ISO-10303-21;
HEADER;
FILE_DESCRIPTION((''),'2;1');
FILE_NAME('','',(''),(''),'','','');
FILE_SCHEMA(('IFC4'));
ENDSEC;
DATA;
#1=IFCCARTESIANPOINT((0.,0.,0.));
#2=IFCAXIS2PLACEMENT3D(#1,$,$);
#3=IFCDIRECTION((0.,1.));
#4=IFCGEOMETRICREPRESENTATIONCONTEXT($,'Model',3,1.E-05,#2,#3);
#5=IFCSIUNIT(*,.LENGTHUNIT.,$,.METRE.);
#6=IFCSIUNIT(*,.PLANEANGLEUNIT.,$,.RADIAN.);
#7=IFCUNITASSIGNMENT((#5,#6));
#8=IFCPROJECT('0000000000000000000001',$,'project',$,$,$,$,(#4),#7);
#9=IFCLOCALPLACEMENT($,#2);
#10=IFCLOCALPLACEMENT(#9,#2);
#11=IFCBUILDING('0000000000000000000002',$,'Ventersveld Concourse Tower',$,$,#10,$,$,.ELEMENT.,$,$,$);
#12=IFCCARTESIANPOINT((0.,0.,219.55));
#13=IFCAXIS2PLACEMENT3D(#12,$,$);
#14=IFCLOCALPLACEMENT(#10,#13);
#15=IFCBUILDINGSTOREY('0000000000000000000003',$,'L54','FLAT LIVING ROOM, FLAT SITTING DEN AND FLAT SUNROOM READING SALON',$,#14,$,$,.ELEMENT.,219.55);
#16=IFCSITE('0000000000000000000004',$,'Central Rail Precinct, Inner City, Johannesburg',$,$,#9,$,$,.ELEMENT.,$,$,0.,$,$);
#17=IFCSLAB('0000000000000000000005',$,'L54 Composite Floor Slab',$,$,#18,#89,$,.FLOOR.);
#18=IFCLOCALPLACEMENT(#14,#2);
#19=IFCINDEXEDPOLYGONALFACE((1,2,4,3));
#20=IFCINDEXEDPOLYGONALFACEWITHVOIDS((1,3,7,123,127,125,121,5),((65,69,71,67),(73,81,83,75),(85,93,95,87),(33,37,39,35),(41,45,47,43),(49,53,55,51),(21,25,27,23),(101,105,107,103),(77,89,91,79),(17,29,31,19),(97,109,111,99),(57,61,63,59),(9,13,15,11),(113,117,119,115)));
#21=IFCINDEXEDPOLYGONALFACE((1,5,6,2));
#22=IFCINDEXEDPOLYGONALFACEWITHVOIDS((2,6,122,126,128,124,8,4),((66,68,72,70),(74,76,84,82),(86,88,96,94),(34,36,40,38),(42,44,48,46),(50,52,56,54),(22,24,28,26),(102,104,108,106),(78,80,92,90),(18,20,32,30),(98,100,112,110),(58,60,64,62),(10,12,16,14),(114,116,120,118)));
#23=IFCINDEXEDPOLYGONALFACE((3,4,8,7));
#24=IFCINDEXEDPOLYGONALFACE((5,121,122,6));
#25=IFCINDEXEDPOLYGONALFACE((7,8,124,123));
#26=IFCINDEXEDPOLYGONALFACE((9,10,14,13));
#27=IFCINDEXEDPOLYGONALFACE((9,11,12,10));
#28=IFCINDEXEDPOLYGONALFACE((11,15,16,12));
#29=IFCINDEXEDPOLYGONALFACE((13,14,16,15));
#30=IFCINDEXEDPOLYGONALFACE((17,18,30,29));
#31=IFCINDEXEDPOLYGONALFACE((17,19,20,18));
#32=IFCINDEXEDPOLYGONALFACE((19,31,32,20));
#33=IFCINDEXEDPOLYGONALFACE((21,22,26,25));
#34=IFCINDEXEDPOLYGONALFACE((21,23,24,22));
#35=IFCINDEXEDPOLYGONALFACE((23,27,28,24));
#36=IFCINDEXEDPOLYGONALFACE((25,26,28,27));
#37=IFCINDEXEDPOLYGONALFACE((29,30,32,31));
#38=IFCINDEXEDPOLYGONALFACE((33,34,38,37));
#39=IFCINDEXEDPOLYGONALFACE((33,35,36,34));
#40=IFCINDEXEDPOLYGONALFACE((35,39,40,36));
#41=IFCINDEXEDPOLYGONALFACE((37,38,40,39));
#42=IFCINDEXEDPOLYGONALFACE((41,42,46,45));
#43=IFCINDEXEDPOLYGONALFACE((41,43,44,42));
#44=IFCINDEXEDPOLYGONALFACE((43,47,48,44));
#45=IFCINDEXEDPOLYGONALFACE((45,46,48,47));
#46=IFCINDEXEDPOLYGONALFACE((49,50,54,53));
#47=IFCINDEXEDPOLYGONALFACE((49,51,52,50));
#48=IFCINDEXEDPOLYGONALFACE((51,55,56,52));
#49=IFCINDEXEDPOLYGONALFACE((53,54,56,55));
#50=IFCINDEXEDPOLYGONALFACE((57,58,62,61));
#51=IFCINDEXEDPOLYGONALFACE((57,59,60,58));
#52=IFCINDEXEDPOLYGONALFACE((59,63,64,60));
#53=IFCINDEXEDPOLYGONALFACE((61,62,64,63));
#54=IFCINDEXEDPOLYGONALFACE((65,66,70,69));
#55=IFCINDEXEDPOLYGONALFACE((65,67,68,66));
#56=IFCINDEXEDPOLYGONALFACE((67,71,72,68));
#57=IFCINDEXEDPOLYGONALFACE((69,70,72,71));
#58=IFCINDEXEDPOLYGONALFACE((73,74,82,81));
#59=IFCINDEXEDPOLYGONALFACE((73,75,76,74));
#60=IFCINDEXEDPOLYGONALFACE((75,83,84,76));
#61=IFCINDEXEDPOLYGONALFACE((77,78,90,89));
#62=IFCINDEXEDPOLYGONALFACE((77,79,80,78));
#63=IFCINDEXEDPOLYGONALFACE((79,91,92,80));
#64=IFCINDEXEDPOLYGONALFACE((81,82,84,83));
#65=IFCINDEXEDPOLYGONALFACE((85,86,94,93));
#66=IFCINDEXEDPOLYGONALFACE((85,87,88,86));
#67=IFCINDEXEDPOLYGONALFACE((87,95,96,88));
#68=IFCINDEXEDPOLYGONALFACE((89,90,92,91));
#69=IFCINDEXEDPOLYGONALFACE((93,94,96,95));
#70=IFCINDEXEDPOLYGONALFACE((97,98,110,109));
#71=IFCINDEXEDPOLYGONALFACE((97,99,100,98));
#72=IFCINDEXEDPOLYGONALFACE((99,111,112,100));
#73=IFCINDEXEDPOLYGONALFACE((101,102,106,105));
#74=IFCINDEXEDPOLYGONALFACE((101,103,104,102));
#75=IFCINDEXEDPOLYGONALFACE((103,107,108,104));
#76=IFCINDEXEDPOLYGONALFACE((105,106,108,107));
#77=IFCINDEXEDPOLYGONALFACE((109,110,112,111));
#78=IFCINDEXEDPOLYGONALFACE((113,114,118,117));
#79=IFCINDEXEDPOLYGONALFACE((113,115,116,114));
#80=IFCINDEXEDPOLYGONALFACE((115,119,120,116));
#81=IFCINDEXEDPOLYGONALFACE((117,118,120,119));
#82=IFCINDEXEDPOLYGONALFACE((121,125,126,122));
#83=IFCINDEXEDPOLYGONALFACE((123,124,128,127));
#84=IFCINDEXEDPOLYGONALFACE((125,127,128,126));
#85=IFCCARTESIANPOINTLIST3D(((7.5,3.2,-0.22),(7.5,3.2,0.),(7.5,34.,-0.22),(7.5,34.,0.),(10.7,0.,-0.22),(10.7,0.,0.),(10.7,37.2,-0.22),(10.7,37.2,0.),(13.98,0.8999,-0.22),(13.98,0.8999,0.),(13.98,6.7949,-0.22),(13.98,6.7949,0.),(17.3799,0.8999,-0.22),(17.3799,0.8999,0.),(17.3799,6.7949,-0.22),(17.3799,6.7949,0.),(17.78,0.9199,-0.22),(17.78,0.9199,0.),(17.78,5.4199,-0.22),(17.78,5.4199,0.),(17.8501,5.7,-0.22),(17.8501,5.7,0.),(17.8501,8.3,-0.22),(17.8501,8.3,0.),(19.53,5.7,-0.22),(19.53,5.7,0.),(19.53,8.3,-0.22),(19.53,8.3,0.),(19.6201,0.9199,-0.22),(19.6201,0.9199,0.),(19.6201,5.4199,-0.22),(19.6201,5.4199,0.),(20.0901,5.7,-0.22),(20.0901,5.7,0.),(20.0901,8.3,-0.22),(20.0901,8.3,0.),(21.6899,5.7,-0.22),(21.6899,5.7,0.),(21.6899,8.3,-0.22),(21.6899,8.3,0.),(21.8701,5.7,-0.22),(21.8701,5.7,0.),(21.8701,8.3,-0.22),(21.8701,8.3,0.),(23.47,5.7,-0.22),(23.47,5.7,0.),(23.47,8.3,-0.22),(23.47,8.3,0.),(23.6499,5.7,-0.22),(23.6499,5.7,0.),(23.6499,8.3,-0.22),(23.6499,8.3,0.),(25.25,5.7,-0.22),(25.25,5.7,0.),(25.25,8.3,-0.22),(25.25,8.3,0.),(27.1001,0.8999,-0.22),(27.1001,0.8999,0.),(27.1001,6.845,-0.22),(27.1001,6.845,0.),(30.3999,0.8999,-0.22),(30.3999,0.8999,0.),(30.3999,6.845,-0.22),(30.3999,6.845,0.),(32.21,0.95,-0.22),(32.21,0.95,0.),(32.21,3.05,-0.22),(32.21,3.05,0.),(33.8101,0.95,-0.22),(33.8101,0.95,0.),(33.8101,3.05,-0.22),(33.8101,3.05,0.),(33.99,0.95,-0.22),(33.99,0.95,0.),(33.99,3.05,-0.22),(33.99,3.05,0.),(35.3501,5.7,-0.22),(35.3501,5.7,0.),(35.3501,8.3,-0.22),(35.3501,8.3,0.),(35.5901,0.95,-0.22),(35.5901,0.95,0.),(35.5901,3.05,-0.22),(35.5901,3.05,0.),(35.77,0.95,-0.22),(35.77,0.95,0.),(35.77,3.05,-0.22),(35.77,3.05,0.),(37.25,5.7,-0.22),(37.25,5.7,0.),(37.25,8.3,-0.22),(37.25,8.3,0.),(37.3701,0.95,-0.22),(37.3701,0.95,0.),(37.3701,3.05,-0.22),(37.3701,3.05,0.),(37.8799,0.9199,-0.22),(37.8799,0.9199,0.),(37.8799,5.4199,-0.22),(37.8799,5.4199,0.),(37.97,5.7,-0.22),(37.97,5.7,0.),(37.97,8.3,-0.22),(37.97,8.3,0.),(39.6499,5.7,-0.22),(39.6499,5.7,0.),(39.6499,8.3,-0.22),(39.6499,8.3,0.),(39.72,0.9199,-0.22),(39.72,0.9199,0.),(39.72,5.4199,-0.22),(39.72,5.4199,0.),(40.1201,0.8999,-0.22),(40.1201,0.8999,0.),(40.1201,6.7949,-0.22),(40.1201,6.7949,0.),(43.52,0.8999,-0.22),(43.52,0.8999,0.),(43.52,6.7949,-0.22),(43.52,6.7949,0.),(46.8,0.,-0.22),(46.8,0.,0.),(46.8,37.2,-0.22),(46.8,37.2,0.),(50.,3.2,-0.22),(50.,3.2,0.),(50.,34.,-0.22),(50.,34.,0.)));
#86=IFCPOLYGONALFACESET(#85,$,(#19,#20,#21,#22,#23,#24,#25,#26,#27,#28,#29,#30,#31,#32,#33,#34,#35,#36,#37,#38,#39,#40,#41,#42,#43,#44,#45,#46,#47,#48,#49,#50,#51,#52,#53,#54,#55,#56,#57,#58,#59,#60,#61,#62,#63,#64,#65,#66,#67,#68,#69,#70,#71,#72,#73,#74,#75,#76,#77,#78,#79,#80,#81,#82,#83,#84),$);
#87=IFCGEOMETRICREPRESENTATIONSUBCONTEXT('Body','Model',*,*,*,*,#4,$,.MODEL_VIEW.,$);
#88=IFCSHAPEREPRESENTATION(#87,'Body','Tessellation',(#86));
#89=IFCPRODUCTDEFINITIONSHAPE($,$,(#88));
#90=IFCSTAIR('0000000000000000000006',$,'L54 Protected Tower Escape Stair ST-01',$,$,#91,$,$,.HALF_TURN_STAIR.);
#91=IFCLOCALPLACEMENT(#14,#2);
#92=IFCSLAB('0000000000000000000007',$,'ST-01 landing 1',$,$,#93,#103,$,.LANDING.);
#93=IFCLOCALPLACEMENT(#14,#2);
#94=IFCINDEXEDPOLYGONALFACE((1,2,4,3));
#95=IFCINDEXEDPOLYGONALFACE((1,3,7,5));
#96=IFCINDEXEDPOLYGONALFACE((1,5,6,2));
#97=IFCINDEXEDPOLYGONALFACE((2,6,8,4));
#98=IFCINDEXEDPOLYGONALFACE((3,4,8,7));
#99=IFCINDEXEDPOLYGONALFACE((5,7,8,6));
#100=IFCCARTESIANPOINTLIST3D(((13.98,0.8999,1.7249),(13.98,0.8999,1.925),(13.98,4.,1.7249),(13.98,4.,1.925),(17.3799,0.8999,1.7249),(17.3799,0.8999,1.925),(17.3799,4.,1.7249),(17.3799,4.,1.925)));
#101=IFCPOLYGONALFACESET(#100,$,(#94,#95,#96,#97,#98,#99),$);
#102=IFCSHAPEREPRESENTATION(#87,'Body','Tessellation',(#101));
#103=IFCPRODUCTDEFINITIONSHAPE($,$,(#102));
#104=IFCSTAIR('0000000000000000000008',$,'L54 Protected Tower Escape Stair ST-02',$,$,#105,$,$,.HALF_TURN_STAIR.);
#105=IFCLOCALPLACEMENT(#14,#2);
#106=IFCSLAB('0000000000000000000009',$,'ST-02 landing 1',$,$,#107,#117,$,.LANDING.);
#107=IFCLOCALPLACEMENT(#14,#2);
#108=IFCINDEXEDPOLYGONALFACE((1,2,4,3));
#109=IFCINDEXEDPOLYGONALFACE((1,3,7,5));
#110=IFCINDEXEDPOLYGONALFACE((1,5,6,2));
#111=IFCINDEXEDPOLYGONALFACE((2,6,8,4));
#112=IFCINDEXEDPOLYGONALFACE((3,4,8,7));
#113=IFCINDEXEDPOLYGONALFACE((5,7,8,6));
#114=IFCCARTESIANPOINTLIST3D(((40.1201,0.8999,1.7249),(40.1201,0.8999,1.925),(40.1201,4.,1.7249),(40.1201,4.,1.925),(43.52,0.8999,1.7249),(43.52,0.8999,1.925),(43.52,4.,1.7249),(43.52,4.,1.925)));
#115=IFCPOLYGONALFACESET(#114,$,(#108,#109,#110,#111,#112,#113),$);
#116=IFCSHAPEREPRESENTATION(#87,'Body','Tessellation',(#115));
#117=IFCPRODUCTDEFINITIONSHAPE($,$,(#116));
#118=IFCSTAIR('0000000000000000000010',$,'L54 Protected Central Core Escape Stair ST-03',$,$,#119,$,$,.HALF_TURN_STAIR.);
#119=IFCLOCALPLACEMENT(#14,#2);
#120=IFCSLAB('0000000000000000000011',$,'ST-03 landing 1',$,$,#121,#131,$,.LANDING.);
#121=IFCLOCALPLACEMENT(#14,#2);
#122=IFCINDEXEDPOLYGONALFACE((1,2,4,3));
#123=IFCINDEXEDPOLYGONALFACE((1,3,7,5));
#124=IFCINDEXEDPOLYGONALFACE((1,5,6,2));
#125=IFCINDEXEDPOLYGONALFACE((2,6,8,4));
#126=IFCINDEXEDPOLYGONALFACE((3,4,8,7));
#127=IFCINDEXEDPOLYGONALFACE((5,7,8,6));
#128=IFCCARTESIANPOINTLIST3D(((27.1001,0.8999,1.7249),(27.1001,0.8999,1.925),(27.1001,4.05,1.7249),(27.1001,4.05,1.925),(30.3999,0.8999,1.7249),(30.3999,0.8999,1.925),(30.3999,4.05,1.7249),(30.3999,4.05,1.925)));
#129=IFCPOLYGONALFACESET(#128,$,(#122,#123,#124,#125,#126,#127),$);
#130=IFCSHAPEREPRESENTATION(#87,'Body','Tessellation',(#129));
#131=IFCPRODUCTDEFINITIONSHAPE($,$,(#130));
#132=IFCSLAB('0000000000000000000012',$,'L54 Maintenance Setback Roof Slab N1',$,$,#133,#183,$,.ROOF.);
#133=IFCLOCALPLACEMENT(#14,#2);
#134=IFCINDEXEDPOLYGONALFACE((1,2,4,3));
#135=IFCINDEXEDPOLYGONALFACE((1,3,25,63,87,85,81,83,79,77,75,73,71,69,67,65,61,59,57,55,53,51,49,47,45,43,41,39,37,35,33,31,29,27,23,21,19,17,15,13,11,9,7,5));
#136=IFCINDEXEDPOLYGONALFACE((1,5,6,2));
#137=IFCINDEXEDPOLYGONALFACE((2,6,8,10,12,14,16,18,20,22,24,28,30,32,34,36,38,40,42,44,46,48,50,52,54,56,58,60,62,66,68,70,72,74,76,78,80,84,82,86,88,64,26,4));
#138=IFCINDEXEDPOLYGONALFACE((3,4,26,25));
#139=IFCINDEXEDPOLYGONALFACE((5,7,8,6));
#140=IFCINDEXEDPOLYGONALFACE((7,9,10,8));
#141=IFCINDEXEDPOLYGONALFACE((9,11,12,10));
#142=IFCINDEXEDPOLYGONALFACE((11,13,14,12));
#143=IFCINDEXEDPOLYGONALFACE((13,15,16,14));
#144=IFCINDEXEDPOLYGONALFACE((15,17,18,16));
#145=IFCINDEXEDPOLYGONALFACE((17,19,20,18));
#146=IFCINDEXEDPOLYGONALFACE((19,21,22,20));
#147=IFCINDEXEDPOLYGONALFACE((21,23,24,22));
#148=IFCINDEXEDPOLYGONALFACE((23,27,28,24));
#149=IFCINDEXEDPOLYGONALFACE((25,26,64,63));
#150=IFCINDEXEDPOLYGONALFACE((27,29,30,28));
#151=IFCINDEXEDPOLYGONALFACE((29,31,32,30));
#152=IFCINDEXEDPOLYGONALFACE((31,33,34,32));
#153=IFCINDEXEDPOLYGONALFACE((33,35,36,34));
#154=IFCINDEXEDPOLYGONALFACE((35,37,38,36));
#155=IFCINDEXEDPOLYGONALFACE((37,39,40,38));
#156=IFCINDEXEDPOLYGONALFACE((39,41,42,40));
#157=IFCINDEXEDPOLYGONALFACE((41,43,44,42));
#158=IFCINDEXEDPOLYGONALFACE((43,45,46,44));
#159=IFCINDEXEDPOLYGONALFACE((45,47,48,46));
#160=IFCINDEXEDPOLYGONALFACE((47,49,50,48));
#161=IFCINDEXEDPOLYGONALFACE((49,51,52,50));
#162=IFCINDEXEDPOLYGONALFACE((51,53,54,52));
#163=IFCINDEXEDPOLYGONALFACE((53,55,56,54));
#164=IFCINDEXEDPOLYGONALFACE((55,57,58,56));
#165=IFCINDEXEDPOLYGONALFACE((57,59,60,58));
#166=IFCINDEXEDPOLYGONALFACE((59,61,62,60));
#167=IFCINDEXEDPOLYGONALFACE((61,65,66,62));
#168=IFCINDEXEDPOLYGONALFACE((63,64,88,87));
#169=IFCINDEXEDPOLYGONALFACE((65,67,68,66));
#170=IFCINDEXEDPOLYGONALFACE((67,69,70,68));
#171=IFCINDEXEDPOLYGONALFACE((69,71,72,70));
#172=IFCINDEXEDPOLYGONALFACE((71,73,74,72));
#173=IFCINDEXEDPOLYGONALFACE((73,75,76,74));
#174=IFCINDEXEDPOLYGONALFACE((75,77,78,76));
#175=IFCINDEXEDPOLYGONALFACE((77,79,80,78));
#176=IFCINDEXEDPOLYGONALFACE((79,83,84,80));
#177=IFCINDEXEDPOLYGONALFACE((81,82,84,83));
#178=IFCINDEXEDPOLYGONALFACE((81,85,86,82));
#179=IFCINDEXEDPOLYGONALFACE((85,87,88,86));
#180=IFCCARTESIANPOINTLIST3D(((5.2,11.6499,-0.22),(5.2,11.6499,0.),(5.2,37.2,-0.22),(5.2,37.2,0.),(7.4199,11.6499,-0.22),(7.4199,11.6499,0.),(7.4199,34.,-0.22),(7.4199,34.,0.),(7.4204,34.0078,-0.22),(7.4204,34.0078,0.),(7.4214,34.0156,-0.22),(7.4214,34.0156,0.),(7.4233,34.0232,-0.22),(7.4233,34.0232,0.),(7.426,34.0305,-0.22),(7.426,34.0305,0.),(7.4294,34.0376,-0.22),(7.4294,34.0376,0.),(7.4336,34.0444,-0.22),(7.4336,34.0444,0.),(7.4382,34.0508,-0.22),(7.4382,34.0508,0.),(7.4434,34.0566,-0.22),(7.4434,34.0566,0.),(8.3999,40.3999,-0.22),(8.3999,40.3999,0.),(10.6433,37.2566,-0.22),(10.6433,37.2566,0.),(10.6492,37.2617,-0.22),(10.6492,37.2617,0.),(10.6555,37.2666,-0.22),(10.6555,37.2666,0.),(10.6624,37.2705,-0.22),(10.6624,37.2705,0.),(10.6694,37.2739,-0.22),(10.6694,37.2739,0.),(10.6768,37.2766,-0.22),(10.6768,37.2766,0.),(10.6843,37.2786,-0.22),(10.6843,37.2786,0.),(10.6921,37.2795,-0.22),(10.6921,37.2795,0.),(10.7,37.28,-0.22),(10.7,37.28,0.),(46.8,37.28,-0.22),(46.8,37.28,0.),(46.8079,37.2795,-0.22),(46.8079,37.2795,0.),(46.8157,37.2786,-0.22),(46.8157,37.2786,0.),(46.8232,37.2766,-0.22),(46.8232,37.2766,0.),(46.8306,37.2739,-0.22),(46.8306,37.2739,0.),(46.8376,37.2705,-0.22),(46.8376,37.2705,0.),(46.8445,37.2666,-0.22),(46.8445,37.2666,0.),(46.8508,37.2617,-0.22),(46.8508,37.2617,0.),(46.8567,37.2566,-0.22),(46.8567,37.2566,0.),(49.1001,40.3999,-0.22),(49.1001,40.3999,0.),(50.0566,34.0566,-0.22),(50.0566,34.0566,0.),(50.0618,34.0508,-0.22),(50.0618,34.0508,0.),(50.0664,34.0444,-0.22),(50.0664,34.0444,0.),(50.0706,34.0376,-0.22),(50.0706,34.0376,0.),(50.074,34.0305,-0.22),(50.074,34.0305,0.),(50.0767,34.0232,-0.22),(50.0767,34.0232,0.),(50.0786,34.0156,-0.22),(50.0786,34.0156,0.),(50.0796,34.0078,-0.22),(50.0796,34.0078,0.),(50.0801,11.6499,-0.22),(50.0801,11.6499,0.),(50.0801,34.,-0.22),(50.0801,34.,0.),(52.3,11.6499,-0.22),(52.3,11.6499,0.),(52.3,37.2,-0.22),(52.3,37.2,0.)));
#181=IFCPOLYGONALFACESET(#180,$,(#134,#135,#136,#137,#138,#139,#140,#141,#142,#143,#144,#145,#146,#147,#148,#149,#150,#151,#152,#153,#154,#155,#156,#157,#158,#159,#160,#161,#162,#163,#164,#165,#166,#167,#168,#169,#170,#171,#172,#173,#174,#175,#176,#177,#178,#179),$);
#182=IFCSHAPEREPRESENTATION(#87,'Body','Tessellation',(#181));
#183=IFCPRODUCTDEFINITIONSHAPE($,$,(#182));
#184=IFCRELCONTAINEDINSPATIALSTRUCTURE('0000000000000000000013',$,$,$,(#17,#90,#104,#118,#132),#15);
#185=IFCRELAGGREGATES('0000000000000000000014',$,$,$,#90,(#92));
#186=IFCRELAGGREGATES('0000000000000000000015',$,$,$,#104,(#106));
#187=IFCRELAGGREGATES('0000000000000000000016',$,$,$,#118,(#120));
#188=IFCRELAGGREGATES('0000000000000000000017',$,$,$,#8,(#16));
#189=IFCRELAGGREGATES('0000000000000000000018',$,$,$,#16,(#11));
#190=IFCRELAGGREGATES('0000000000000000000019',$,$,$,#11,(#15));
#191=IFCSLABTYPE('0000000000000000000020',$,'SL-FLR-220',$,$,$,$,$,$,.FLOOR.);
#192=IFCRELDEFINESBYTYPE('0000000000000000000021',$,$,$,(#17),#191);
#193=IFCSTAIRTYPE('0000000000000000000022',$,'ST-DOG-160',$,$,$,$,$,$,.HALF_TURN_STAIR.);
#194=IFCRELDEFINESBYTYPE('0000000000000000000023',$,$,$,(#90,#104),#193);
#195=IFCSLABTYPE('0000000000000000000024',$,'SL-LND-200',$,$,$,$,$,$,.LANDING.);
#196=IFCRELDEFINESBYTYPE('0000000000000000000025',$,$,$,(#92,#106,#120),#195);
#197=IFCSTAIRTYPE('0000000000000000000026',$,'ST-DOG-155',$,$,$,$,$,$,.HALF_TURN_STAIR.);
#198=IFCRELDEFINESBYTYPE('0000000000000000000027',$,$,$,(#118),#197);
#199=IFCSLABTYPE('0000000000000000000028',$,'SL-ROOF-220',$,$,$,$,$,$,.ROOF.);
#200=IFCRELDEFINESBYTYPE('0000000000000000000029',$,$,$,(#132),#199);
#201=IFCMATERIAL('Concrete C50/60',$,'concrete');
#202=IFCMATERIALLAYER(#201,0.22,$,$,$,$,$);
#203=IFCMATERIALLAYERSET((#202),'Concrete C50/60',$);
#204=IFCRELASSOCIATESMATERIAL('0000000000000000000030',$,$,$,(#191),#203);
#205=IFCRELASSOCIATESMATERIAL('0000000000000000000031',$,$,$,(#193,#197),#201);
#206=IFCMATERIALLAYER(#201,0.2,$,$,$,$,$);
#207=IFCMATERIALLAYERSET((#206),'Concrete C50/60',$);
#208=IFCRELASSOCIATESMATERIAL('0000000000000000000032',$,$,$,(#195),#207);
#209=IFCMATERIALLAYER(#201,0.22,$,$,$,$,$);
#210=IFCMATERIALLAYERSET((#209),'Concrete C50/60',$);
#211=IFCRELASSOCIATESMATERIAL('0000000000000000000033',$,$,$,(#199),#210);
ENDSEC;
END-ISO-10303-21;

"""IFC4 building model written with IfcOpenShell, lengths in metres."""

from ifc_helpers import new_model, si_unit, direction, frame, origin, place, context, subcontext, project, spatial, polyline, outline, extrude, material, layer, layer_set, type_object, element, aggregate, save


model = new_model("IFC4")

# Units and contexts
model_context = context("Model", 3, precision=1e-05, world=origin(), true_north=direction((0.0, 1.0)))
body_context = subcontext(model_context, "Body", "Model", "MODEL_VIEW")
ifc_project = project(units=[si_unit("LENGTHUNIT", "METRE"), si_unit("PLANEANGLEUNIT", "RADIAN")], contexts=[model_context])

# Site, building, storey
site_placement = place(None, origin())
site = spatial("IfcSite", under=ifc_project, at=site_placement, Name="Central Rail Precinct, Inner City, Johannesburg", CompositionType="ELEMENT", RefElevation=0.0)
building_placement = place(site_placement, origin())
building = spatial("IfcBuilding", under=site, at=building_placement, Name="Ventersveld Concourse Tower", CompositionType="ELEMENT")
storey_placement = place(building_placement, frame((0.0, 0.0, 219.55)))
storey = spatial("IfcBuildingStorey", under=building, at=storey_placement, Name="L54", Description="FLAT LIVING ROOM, FLAT SITTING DEN AND FLAT SUNROOM READING SALON", CompositionType="ELEMENT", Elevation=219.55)

# Shared definitions
ifc_material_1 = material(Name="Concrete C50/60", Category="concrete")

# Slab
ifc_layer_1 = layer(ifc_material_1, 0.22)
ifc_layer_set_1 = layer_set([ifc_layer_1], Name="Concrete C50/60")
slab_type_1 = type_object("IfcSlabType", Name="SL-FLR-220", PredefinedType="FLOOR", material=ifc_layer_set_1)
slab_1_placement = place(storey_placement, frame((0.0, 0.0, -0.22)))
element("IfcSlab", 1, at=slab_1_placement, inside=storey, type_object=slab_type_1, Name="L54 Composite Floor Slab", PredefinedType="FLOOR", context=body_context, shape_type="SweptSolid", body=[
    extrude(outline(polyline([(10.7, 0.0), (46.8, 0.0), (50.0, 3.2), (50.0, 34.0), (46.8, 37.2), (10.7, 37.2), (7.5, 34.0), (7.5, 3.2), (10.7, 0.0)]), holes=[polyline([(13.98, 6.7949), (13.98, 0.8999), (17.3799, 0.8999), (17.3799, 6.7949), (13.98, 6.7949)]), polyline([(40.1201, 6.7949), (40.1201, 0.8999), (43.52, 0.8999), (43.52, 6.7949), (40.1201, 6.7949)]), polyline([(27.1001, 6.845), (27.1001, 0.8999), (30.3999, 0.8999), (30.3999, 6.845), (27.1001, 6.845)]), polyline([(17.8501, 5.7), (19.53, 5.7), (19.53, 8.3), (17.8501, 8.3), (17.8501, 5.7)]), polyline([(37.97, 5.7), (39.6499, 5.7), (39.6499, 8.3), (37.97, 8.3), (37.97, 5.7)]), polyline([(35.3501, 5.7), (37.25, 5.7), (37.25, 8.3), (35.3501, 8.3), (35.3501, 5.7)]), polyline([(32.21, 0.95), (33.8101, 0.95), (33.8101, 3.05), (32.21, 3.05), (32.21, 0.95)]), polyline([(33.99, 0.95), (35.5901, 0.95), (35.5901, 3.05), (33.99, 3.05), (33.99, 0.95)]), polyline([(35.77, 0.95), (37.3701, 0.95), (37.3701, 3.05), (35.77, 3.05), (35.77, 0.95)]), polyline([(20.0901, 5.7), (21.6899, 5.7), (21.6899, 8.3), (20.0901, 8.3), (20.0901, 5.7)]), polyline([(21.8701, 5.7), (23.47, 5.7), (23.47, 8.3), (21.8701, 8.3), (21.8701, 5.7)]), polyline([(23.6499, 5.7), (25.25, 5.7), (25.25, 8.3), (23.6499, 8.3), (23.6499, 5.7)]), polyline([(17.78, 0.9199), (19.6201, 0.9199), (19.6201, 5.4199), (17.78, 5.4199), (17.78, 0.9199)]), polyline([(37.8799, 0.9199), (39.72, 0.9199), (39.72, 5.4199), (37.8799, 5.4199), (37.8799, 0.9199)])]), origin(), (0.0, 0.0, 1.0), 0.22),
])

# Stairs, slabs
stair_type_1 = type_object("IfcStairType", Name="ST-DOG-160", PredefinedType="HALF_TURN_STAIR", material=ifc_material_1)
stair_1_placement = place(storey_placement, origin())
stair_1 = element("IfcStair", 2, at=stair_1_placement, inside=storey, type_object=stair_type_1, Name="L54 Protected Tower Escape Stair ST-01", PredefinedType="HALF_TURN_STAIR")
ifc_layer_2 = layer(ifc_material_1, 0.2)
ifc_layer_set_2 = layer_set([ifc_layer_2], Name="Concrete C50/60")
slab_type_2 = type_object("IfcSlabType", Name="SL-LND-200", PredefinedType="LANDING", material=ifc_layer_set_2)
slab_2_placement = place(storey_placement, frame((0.0, 0.0, 1.7249)))
slab_2 = element("IfcSlab", 3, at=slab_2_placement, type_object=slab_type_2, Name="ST-01 landing 1", PredefinedType="LANDING", context=body_context, shape_type="SweptSolid", body=[
    extrude(outline(polyline([(13.98, 4.0), (13.98, 0.8999), (17.3799, 0.8999), (17.3799, 4.0), (13.98, 4.0)])), origin(), (0.0, 0.0, 1.0), 0.2002),
])
aggregate(stair_1, [slab_2])
stair_2_placement = place(storey_placement, origin())
stair_2 = element("IfcStair", 4, at=stair_2_placement, inside=storey, type_object=stair_type_1, Name="L54 Protected Tower Escape Stair ST-02", PredefinedType="HALF_TURN_STAIR")
slab_3_placement = place(storey_placement, frame((0.0, 0.0, 1.7249)))
slab_3 = element("IfcSlab", 5, at=slab_3_placement, type_object=slab_type_2, Name="ST-02 landing 1", PredefinedType="LANDING", context=body_context, shape_type="SweptSolid", body=[
    extrude(outline(polyline([(40.1201, 4.0), (40.1201, 0.8999), (43.52, 0.8999), (43.52, 4.0), (40.1201, 4.0)])), origin(), (0.0, 0.0, 1.0), 0.2002),
])
aggregate(stair_2, [slab_3])
stair_type_2 = type_object("IfcStairType", Name="ST-DOG-155", PredefinedType="HALF_TURN_STAIR", material=ifc_material_1)
stair_3_placement = place(storey_placement, origin())
stair_3 = element("IfcStair", 6, at=stair_3_placement, inside=storey, type_object=stair_type_2, Name="L54 Protected Central Core Escape Stair ST-03", PredefinedType="HALF_TURN_STAIR")
slab_4_placement = place(storey_placement, frame((0.0, 0.0, 1.7249)))
slab_4 = element("IfcSlab", 7, at=slab_4_placement, type_object=slab_type_2, Name="ST-03 landing 1", PredefinedType="LANDING", context=body_context, shape_type="SweptSolid", body=[
    extrude(outline(polyline([(27.1001, 4.05), (27.1001, 0.8999), (30.3999, 0.8999), (30.3999, 4.05), (27.1001, 4.05)])), origin(), (0.0, 0.0, 1.0), 0.2002),
])
aggregate(stair_3, [slab_4])

# Slab
ifc_layer_3 = layer(ifc_material_1, 0.22)
ifc_layer_set_3 = layer_set([ifc_layer_3], Name="Concrete C50/60")
slab_type_3 = type_object("IfcSlabType", Name="SL-ROOF-220", PredefinedType="ROOF", material=ifc_layer_set_3)
slab_5_placement = place(storey_placement, frame((0.0, 0.0, -0.22)))
element("IfcSlab", 8, at=slab_5_placement, inside=storey, type_object=slab_type_3, Name="L54 Maintenance Setback Roof Slab N1", PredefinedType="ROOF", context=body_context, shape_type="SweptSolid", body=[
    extrude(outline(polyline([(5.2, 37.2), (8.3999, 40.3999), (49.1001, 40.3999), (52.3, 37.2), (52.3, 11.6499), (50.0801, 11.6499), (50.0801, 34.0), (50.0796, 34.0078), (50.0786, 34.0156), (50.0767, 34.0232), (50.074, 34.0305), (50.0706, 34.0376), (50.0664, 34.0444), (50.0618, 34.0508), (50.0566, 34.0566), (46.8567, 37.2566), (46.8508, 37.2617), (46.8445, 37.2666), (46.8376, 37.2705), (46.8306, 37.2739), (46.8232, 37.2766), (46.8157, 37.2786), (46.8079, 37.2795), (46.8, 37.28), (10.7, 37.28), (10.6921, 37.2795), (10.6843, 37.2786), (10.6768, 37.2766), (10.6694, 37.2739), (10.6624, 37.2705), (10.6555, 37.2666), (10.6492, 37.2617), (10.6433, 37.2566), (7.4434, 34.0566), (7.4382, 34.0508), (7.4336, 34.0444), (7.4294, 34.0376), (7.426, 34.0305), (7.4233, 34.0232), (7.4214, 34.0156), (7.4204, 34.0078), (7.4199, 34.0), (7.4199, 11.6499), (5.2, 11.6499), (5.2, 37.2)])), origin(), (0.0, 0.0, 1.0), 0.22),
])

save(model, "model.ifc")
